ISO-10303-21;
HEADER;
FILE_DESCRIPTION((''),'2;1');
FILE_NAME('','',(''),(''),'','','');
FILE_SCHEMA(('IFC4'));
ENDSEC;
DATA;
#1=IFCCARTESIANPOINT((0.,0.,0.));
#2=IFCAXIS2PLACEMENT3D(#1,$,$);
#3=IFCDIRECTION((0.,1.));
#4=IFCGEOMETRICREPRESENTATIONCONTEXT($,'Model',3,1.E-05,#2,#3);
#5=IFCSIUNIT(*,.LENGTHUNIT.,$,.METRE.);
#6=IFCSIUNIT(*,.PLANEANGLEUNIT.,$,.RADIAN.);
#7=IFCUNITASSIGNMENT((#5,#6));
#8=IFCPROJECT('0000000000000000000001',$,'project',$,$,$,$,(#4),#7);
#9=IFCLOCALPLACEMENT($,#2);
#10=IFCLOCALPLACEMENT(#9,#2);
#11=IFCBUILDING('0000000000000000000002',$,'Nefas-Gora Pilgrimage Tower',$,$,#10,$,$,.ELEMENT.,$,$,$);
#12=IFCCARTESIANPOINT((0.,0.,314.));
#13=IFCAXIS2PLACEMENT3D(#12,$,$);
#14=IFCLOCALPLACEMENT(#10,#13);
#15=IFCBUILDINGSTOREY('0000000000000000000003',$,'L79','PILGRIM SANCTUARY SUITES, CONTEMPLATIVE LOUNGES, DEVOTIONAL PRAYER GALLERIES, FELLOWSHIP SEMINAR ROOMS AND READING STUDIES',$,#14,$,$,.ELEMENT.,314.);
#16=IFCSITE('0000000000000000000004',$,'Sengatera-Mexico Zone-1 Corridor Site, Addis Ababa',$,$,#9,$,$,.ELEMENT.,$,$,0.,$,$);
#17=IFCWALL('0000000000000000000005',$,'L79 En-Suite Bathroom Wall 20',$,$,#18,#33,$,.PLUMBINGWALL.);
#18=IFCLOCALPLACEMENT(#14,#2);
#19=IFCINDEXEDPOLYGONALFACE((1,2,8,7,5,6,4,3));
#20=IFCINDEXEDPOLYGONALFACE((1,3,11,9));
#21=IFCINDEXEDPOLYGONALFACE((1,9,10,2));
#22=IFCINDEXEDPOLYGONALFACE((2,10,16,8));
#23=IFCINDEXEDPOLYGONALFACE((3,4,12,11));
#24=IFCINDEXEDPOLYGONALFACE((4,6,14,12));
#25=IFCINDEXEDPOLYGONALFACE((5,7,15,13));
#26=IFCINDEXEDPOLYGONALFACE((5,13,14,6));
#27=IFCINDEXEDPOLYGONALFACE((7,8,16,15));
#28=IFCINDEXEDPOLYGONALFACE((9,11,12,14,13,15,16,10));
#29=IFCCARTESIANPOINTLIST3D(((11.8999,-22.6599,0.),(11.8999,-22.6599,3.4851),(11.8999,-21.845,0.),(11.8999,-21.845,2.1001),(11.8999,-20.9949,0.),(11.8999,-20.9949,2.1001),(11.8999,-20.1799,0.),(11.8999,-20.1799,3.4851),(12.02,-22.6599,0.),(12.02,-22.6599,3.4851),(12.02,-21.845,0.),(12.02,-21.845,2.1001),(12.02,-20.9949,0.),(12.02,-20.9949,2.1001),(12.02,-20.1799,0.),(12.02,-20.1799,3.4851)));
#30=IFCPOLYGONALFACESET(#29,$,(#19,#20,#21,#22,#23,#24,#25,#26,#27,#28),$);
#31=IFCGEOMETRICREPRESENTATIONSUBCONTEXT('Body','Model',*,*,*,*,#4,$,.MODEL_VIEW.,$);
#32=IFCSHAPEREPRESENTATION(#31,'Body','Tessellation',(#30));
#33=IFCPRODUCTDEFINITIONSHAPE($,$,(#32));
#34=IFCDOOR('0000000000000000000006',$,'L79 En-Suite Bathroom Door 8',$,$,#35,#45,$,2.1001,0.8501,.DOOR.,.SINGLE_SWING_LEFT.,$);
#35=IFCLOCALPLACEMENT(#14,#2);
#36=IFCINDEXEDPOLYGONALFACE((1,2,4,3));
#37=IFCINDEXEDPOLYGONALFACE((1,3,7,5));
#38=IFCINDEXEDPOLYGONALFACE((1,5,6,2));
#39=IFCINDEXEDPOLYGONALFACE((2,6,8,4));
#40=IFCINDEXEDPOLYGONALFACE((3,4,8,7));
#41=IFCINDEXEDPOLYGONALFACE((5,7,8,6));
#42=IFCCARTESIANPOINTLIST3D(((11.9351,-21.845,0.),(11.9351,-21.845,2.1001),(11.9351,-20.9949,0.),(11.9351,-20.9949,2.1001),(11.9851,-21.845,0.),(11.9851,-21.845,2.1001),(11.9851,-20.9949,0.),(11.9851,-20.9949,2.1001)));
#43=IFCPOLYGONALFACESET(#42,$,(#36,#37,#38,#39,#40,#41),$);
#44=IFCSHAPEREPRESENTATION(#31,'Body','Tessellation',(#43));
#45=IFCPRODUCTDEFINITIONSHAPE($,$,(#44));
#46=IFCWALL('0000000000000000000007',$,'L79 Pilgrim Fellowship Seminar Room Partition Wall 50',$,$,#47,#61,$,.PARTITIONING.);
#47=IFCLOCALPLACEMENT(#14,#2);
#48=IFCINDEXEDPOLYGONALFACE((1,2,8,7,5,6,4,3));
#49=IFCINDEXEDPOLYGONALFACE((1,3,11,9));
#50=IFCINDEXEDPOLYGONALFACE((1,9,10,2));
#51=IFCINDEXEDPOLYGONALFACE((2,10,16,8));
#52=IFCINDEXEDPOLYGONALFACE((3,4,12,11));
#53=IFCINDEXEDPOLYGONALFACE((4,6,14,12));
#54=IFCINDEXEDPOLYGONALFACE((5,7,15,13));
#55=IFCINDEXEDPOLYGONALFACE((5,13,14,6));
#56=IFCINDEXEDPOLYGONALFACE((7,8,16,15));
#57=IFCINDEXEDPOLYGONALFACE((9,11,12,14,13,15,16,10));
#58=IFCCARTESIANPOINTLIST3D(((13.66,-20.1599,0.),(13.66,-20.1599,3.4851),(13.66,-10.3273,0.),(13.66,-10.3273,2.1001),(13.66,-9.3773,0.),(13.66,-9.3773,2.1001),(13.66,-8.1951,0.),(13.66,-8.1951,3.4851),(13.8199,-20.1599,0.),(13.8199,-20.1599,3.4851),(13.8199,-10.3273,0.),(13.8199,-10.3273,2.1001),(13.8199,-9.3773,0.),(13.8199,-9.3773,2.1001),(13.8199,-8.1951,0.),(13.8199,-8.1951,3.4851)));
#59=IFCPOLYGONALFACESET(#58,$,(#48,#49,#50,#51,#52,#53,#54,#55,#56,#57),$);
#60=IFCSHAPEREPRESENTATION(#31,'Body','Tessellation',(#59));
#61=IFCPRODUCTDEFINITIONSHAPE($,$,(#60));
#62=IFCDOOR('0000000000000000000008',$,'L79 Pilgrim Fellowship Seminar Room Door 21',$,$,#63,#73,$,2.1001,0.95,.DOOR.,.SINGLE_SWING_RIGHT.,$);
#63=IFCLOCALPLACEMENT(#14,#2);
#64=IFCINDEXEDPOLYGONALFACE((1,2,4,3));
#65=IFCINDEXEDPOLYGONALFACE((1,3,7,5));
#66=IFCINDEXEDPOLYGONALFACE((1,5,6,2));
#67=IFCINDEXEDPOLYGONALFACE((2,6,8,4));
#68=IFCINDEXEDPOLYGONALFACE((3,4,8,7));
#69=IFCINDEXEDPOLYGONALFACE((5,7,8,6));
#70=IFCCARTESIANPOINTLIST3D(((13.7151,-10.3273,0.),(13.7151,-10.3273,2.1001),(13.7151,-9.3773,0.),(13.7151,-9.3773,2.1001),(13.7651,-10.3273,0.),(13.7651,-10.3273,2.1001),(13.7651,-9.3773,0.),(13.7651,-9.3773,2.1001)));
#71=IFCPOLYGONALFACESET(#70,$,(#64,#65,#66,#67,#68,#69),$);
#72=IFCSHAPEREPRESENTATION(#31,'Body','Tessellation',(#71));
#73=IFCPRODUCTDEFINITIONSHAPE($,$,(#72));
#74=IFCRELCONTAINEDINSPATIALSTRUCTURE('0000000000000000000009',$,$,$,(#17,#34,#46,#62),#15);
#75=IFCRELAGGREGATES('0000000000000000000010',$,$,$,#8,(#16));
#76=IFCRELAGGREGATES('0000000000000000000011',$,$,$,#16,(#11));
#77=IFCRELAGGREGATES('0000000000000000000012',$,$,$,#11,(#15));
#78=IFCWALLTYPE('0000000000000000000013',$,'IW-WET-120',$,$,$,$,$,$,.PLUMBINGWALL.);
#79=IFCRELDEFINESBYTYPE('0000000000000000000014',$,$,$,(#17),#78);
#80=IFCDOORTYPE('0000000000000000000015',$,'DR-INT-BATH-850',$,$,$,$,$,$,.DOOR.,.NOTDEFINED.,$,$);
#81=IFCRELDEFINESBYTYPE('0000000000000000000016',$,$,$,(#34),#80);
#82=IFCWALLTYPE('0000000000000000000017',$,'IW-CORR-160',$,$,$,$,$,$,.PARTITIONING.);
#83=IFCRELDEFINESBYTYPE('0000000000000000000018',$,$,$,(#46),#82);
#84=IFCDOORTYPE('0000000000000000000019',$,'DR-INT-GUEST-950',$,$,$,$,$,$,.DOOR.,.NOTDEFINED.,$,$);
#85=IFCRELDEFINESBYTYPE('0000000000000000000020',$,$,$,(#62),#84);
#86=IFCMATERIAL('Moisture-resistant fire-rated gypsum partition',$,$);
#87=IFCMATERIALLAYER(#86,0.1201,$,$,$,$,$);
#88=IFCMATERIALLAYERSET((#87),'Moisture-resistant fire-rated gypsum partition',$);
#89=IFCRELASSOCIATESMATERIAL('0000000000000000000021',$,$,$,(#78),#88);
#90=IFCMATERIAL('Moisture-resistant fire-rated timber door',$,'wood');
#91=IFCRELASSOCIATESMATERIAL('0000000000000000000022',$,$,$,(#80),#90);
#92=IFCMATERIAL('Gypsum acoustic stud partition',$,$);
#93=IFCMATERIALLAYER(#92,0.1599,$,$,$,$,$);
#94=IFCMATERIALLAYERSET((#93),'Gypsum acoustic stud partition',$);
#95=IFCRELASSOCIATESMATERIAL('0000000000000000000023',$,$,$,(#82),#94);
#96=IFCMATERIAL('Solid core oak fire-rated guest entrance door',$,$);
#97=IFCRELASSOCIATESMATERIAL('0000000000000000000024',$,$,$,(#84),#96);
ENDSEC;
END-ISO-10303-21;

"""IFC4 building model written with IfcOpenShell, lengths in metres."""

from ifc_helpers import new_model, si_unit, direction, frame, frame_2d, origin, place, context, subcontext, project, spatial, rectangle, extrude, source, transform, mapped, material, layer, layer_set, type_object, element, fill, save


model = new_model("IFC4")

# Units and contexts
model_context = context("Model", 3, precision=1e-05, world=origin(), true_north=direction((0.0, 1.0)))
body_context = subcontext(model_context, "Body", "Model", "MODEL_VIEW")
ifc_project = project(units=[si_unit("LENGTHUNIT", "METRE"), si_unit("PLANEANGLEUNIT", "RADIAN")], contexts=[model_context])

# Site, building, storey
site_placement = place(None, origin())
site = spatial("IfcSite", under=ifc_project, at=site_placement, Name="Sengatera-Mexico Zone-1 Corridor Site, Addis Ababa", CompositionType="ELEMENT", RefElevation=0.0)
building_placement = place(site_placement, origin())
building = spatial("IfcBuilding", under=site, at=building_placement, Name="Nefas-Gora Pilgrimage Tower", CompositionType="ELEMENT")
storey_placement = place(building_placement, frame((0.0, 0.0, 314.0)))
storey = spatial("IfcBuildingStorey", under=building, at=storey_placement, Name="L79", Description="PILGRIM SANCTUARY SUITES, CONTEMPLATIVE LOUNGES, DEVOTIONAL PRAYER GALLERIES, FELLOWSHIP SEMINAR ROOMS AND READING STUDIES", CompositionType="ELEMENT", Elevation=314.0)

# Walls, openings, doors
ifc_material_1 = material(Name="Moisture-resistant fire-rated gypsum partition")
ifc_layer_1 = layer(ifc_material_1, 0.1201)
ifc_layer_set_1 = layer_set([ifc_layer_1], Name="Moisture-resistant fire-rated gypsum partition")
wall_type_1 = type_object("IfcWallType", Name="IW-WET-120", PredefinedType="PLUMBINGWALL", material=ifc_layer_set_1)
shared_shape_1 = source(origin(), body_context, "Body", "SweptSolid", [
    extrude(rectangle(XDim=2.48, YDim=0.1201, at=frame_2d((1.24, 0.0))), origin(), (0.0, 0.0, 1.0), 3.4851),
])
wall_1_placement = place(storey_placement, frame((11.96, -22.6599, 0.0), z_axis=(0.0, 0.0, 1.0), x_axis=(0.0, 1.0, 0.0)))
wall_1 = element("IfcWall", 1, at=wall_1_placement, inside=storey, type_object=wall_type_1, Name="L79 En-Suite Bathroom Wall 20", PredefinedType="PLUMBINGWALL", context=body_context, shape_type="MappedRepresentation", body=[
    mapped(shared_shape_1, transform((0.0, 0.0, 0.0), x_axis=(1.0, 0.0, 0.0), y_axis=(0.0, 1.0, 0.0), z_axis=(0.0, 0.0, 1.0), scale=1.0)),
])
opening_1_placement = place(wall_1_placement, frame((0.8149, 0.0, 0.0)))
opening_1 = element("IfcOpeningElement", 2, at=opening_1_placement, cuts=wall_1, PredefinedType="OPENING", context=body_context, shape_type="SweptSolid", body=[
    extrude(rectangle(XDim=0.8501, YDim=2.1001, at=frame_2d((0.425, 1.05))), frame((0.0, 0.0701, 0.0), z_axis=(0.0, -1.0, 0.0), x_axis=(1.0, 0.0, 0.0)), (0.0, 0.0, 1.0), 0.1401),
])
ifc_material_2 = material(Name="Moisture-resistant fire-rated timber door", Category="wood")
door_type_1 = type_object("IfcDoorType", Name="DR-INT-BATH-850", OperationType="NOTDEFINED", PredefinedType="DOOR", material=ifc_material_2)
shared_shape_2 = source(origin(), body_context, "Body", "SweptSolid", [
    extrude(rectangle(XDim=0.8501, YDim=2.1001, at=frame_2d((0.425, 1.05))), frame((0.0, 0.0249, 0.0), z_axis=(0.0, -1.0, 0.0), x_axis=(1.0, 0.0, 0.0)), (0.0, 0.0, 1.0), 0.05),
])
door_1_placement = place(opening_1_placement, origin())
door_1 = element("IfcDoor", 3, at=door_1_placement, inside=storey, type_object=door_type_1, Name="L79 En-Suite Bathroom Door 8", OperationType="SINGLE_SWING_LEFT", OverallHeight=2.1001, OverallWidth=0.8501, PredefinedType="DOOR", context=body_context, shape_type="MappedRepresentation", body=[
    mapped(shared_shape_2, transform((0.0, 0.0, 0.0), x_axis=(1.0, 0.0, 0.0), y_axis=(0.0, 1.0, 0.0), z_axis=(0.0, 0.0, 1.0), scale=1.0)),
])
fill(opening_1, door_1)
ifc_material_3 = material(Name="Gypsum acoustic stud partition")
ifc_layer_2 = layer(ifc_material_3, 0.1599)
ifc_layer_set_2 = layer_set([ifc_layer_2], Name="Gypsum acoustic stud partition")
wall_type_2 = type_object("IfcWallType", Name="IW-CORR-160", PredefinedType="PARTITIONING", material=ifc_layer_set_2)
shared_shape_3 = source(origin(), body_context, "Body", "SweptSolid", [
    extrude(rectangle(XDim=11.9648, YDim=0.1599, at=frame_2d((5.9824, 0.0))), origin(), (0.0, 0.0, 1.0), 3.4851),
])
wall_2_placement = place(storey_placement, frame((13.74, -20.1599, 0.0), z_axis=(0.0, 0.0, 1.0), x_axis=(0.0, 1.0, 0.0)))
wall_2 = element("IfcWall", 4, at=wall_2_placement, inside=storey, type_object=wall_type_2, Name="L79 Pilgrim Fellowship Seminar Room Partition Wall 50", PredefinedType="PARTITIONING", context=body_context, shape_type="MappedRepresentation", body=[
    mapped(shared_shape_3, transform((0.0, 0.0, 0.0), x_axis=(1.0, 0.0, 0.0), y_axis=(0.0, 1.0, 0.0), z_axis=(0.0, 0.0, 1.0), scale=1.0)),
])
opening_2_placement = place(wall_2_placement, frame((9.8325, 0.0, 0.0)))
opening_2 = element("IfcOpeningElement", 5, at=opening_2_placement, cuts=wall_2, PredefinedType="OPENING", context=body_context, shape_type="SweptSolid", body=[
    extrude(rectangle(XDim=0.95, YDim=2.1001, at=frame_2d((0.4751, 1.05))), frame((0.0, 0.0898, 0.0), z_axis=(0.0, -1.0, 0.0), x_axis=(1.0, 0.0, 0.0)), (0.0, 0.0, 1.0), 0.1799),
])
ifc_material_4 = material(Name="Solid core oak fire-rated guest entrance door")
door_type_2 = type_object("IfcDoorType", Name="DR-INT-GUEST-950", OperationType="NOTDEFINED", PredefinedType="DOOR", material=ifc_material_4)
shared_shape_4 = source(origin(), body_context, "Body", "SweptSolid", [
    extrude(rectangle(XDim=0.95, YDim=2.1001, at=frame_2d((0.4751, 1.05))), frame((0.0, 0.0249, 0.0), z_axis=(0.0, -1.0, 0.0), x_axis=(1.0, 0.0, 0.0)), (0.0, 0.0, 1.0), 0.05),
])
door_2_placement = place(opening_2_placement, origin())
door_2 = element("IfcDoor", 6, at=door_2_placement, inside=storey, type_object=door_type_2, Name="L79 Pilgrim Fellowship Seminar Room Door 21", OperationType="SINGLE_SWING_RIGHT", OverallHeight=2.1001, OverallWidth=0.95, PredefinedType="DOOR", context=body_context, shape_type="MappedRepresentation", body=[
    mapped(shared_shape_4, transform((0.0, 0.0, 0.0), x_axis=(1.0, 0.0, 0.0), y_axis=(0.0, 1.0, 0.0), z_axis=(0.0, 0.0, 1.0), scale=1.0)),
])
fill(opening_2, door_2)

save(model, "model.ifc")
